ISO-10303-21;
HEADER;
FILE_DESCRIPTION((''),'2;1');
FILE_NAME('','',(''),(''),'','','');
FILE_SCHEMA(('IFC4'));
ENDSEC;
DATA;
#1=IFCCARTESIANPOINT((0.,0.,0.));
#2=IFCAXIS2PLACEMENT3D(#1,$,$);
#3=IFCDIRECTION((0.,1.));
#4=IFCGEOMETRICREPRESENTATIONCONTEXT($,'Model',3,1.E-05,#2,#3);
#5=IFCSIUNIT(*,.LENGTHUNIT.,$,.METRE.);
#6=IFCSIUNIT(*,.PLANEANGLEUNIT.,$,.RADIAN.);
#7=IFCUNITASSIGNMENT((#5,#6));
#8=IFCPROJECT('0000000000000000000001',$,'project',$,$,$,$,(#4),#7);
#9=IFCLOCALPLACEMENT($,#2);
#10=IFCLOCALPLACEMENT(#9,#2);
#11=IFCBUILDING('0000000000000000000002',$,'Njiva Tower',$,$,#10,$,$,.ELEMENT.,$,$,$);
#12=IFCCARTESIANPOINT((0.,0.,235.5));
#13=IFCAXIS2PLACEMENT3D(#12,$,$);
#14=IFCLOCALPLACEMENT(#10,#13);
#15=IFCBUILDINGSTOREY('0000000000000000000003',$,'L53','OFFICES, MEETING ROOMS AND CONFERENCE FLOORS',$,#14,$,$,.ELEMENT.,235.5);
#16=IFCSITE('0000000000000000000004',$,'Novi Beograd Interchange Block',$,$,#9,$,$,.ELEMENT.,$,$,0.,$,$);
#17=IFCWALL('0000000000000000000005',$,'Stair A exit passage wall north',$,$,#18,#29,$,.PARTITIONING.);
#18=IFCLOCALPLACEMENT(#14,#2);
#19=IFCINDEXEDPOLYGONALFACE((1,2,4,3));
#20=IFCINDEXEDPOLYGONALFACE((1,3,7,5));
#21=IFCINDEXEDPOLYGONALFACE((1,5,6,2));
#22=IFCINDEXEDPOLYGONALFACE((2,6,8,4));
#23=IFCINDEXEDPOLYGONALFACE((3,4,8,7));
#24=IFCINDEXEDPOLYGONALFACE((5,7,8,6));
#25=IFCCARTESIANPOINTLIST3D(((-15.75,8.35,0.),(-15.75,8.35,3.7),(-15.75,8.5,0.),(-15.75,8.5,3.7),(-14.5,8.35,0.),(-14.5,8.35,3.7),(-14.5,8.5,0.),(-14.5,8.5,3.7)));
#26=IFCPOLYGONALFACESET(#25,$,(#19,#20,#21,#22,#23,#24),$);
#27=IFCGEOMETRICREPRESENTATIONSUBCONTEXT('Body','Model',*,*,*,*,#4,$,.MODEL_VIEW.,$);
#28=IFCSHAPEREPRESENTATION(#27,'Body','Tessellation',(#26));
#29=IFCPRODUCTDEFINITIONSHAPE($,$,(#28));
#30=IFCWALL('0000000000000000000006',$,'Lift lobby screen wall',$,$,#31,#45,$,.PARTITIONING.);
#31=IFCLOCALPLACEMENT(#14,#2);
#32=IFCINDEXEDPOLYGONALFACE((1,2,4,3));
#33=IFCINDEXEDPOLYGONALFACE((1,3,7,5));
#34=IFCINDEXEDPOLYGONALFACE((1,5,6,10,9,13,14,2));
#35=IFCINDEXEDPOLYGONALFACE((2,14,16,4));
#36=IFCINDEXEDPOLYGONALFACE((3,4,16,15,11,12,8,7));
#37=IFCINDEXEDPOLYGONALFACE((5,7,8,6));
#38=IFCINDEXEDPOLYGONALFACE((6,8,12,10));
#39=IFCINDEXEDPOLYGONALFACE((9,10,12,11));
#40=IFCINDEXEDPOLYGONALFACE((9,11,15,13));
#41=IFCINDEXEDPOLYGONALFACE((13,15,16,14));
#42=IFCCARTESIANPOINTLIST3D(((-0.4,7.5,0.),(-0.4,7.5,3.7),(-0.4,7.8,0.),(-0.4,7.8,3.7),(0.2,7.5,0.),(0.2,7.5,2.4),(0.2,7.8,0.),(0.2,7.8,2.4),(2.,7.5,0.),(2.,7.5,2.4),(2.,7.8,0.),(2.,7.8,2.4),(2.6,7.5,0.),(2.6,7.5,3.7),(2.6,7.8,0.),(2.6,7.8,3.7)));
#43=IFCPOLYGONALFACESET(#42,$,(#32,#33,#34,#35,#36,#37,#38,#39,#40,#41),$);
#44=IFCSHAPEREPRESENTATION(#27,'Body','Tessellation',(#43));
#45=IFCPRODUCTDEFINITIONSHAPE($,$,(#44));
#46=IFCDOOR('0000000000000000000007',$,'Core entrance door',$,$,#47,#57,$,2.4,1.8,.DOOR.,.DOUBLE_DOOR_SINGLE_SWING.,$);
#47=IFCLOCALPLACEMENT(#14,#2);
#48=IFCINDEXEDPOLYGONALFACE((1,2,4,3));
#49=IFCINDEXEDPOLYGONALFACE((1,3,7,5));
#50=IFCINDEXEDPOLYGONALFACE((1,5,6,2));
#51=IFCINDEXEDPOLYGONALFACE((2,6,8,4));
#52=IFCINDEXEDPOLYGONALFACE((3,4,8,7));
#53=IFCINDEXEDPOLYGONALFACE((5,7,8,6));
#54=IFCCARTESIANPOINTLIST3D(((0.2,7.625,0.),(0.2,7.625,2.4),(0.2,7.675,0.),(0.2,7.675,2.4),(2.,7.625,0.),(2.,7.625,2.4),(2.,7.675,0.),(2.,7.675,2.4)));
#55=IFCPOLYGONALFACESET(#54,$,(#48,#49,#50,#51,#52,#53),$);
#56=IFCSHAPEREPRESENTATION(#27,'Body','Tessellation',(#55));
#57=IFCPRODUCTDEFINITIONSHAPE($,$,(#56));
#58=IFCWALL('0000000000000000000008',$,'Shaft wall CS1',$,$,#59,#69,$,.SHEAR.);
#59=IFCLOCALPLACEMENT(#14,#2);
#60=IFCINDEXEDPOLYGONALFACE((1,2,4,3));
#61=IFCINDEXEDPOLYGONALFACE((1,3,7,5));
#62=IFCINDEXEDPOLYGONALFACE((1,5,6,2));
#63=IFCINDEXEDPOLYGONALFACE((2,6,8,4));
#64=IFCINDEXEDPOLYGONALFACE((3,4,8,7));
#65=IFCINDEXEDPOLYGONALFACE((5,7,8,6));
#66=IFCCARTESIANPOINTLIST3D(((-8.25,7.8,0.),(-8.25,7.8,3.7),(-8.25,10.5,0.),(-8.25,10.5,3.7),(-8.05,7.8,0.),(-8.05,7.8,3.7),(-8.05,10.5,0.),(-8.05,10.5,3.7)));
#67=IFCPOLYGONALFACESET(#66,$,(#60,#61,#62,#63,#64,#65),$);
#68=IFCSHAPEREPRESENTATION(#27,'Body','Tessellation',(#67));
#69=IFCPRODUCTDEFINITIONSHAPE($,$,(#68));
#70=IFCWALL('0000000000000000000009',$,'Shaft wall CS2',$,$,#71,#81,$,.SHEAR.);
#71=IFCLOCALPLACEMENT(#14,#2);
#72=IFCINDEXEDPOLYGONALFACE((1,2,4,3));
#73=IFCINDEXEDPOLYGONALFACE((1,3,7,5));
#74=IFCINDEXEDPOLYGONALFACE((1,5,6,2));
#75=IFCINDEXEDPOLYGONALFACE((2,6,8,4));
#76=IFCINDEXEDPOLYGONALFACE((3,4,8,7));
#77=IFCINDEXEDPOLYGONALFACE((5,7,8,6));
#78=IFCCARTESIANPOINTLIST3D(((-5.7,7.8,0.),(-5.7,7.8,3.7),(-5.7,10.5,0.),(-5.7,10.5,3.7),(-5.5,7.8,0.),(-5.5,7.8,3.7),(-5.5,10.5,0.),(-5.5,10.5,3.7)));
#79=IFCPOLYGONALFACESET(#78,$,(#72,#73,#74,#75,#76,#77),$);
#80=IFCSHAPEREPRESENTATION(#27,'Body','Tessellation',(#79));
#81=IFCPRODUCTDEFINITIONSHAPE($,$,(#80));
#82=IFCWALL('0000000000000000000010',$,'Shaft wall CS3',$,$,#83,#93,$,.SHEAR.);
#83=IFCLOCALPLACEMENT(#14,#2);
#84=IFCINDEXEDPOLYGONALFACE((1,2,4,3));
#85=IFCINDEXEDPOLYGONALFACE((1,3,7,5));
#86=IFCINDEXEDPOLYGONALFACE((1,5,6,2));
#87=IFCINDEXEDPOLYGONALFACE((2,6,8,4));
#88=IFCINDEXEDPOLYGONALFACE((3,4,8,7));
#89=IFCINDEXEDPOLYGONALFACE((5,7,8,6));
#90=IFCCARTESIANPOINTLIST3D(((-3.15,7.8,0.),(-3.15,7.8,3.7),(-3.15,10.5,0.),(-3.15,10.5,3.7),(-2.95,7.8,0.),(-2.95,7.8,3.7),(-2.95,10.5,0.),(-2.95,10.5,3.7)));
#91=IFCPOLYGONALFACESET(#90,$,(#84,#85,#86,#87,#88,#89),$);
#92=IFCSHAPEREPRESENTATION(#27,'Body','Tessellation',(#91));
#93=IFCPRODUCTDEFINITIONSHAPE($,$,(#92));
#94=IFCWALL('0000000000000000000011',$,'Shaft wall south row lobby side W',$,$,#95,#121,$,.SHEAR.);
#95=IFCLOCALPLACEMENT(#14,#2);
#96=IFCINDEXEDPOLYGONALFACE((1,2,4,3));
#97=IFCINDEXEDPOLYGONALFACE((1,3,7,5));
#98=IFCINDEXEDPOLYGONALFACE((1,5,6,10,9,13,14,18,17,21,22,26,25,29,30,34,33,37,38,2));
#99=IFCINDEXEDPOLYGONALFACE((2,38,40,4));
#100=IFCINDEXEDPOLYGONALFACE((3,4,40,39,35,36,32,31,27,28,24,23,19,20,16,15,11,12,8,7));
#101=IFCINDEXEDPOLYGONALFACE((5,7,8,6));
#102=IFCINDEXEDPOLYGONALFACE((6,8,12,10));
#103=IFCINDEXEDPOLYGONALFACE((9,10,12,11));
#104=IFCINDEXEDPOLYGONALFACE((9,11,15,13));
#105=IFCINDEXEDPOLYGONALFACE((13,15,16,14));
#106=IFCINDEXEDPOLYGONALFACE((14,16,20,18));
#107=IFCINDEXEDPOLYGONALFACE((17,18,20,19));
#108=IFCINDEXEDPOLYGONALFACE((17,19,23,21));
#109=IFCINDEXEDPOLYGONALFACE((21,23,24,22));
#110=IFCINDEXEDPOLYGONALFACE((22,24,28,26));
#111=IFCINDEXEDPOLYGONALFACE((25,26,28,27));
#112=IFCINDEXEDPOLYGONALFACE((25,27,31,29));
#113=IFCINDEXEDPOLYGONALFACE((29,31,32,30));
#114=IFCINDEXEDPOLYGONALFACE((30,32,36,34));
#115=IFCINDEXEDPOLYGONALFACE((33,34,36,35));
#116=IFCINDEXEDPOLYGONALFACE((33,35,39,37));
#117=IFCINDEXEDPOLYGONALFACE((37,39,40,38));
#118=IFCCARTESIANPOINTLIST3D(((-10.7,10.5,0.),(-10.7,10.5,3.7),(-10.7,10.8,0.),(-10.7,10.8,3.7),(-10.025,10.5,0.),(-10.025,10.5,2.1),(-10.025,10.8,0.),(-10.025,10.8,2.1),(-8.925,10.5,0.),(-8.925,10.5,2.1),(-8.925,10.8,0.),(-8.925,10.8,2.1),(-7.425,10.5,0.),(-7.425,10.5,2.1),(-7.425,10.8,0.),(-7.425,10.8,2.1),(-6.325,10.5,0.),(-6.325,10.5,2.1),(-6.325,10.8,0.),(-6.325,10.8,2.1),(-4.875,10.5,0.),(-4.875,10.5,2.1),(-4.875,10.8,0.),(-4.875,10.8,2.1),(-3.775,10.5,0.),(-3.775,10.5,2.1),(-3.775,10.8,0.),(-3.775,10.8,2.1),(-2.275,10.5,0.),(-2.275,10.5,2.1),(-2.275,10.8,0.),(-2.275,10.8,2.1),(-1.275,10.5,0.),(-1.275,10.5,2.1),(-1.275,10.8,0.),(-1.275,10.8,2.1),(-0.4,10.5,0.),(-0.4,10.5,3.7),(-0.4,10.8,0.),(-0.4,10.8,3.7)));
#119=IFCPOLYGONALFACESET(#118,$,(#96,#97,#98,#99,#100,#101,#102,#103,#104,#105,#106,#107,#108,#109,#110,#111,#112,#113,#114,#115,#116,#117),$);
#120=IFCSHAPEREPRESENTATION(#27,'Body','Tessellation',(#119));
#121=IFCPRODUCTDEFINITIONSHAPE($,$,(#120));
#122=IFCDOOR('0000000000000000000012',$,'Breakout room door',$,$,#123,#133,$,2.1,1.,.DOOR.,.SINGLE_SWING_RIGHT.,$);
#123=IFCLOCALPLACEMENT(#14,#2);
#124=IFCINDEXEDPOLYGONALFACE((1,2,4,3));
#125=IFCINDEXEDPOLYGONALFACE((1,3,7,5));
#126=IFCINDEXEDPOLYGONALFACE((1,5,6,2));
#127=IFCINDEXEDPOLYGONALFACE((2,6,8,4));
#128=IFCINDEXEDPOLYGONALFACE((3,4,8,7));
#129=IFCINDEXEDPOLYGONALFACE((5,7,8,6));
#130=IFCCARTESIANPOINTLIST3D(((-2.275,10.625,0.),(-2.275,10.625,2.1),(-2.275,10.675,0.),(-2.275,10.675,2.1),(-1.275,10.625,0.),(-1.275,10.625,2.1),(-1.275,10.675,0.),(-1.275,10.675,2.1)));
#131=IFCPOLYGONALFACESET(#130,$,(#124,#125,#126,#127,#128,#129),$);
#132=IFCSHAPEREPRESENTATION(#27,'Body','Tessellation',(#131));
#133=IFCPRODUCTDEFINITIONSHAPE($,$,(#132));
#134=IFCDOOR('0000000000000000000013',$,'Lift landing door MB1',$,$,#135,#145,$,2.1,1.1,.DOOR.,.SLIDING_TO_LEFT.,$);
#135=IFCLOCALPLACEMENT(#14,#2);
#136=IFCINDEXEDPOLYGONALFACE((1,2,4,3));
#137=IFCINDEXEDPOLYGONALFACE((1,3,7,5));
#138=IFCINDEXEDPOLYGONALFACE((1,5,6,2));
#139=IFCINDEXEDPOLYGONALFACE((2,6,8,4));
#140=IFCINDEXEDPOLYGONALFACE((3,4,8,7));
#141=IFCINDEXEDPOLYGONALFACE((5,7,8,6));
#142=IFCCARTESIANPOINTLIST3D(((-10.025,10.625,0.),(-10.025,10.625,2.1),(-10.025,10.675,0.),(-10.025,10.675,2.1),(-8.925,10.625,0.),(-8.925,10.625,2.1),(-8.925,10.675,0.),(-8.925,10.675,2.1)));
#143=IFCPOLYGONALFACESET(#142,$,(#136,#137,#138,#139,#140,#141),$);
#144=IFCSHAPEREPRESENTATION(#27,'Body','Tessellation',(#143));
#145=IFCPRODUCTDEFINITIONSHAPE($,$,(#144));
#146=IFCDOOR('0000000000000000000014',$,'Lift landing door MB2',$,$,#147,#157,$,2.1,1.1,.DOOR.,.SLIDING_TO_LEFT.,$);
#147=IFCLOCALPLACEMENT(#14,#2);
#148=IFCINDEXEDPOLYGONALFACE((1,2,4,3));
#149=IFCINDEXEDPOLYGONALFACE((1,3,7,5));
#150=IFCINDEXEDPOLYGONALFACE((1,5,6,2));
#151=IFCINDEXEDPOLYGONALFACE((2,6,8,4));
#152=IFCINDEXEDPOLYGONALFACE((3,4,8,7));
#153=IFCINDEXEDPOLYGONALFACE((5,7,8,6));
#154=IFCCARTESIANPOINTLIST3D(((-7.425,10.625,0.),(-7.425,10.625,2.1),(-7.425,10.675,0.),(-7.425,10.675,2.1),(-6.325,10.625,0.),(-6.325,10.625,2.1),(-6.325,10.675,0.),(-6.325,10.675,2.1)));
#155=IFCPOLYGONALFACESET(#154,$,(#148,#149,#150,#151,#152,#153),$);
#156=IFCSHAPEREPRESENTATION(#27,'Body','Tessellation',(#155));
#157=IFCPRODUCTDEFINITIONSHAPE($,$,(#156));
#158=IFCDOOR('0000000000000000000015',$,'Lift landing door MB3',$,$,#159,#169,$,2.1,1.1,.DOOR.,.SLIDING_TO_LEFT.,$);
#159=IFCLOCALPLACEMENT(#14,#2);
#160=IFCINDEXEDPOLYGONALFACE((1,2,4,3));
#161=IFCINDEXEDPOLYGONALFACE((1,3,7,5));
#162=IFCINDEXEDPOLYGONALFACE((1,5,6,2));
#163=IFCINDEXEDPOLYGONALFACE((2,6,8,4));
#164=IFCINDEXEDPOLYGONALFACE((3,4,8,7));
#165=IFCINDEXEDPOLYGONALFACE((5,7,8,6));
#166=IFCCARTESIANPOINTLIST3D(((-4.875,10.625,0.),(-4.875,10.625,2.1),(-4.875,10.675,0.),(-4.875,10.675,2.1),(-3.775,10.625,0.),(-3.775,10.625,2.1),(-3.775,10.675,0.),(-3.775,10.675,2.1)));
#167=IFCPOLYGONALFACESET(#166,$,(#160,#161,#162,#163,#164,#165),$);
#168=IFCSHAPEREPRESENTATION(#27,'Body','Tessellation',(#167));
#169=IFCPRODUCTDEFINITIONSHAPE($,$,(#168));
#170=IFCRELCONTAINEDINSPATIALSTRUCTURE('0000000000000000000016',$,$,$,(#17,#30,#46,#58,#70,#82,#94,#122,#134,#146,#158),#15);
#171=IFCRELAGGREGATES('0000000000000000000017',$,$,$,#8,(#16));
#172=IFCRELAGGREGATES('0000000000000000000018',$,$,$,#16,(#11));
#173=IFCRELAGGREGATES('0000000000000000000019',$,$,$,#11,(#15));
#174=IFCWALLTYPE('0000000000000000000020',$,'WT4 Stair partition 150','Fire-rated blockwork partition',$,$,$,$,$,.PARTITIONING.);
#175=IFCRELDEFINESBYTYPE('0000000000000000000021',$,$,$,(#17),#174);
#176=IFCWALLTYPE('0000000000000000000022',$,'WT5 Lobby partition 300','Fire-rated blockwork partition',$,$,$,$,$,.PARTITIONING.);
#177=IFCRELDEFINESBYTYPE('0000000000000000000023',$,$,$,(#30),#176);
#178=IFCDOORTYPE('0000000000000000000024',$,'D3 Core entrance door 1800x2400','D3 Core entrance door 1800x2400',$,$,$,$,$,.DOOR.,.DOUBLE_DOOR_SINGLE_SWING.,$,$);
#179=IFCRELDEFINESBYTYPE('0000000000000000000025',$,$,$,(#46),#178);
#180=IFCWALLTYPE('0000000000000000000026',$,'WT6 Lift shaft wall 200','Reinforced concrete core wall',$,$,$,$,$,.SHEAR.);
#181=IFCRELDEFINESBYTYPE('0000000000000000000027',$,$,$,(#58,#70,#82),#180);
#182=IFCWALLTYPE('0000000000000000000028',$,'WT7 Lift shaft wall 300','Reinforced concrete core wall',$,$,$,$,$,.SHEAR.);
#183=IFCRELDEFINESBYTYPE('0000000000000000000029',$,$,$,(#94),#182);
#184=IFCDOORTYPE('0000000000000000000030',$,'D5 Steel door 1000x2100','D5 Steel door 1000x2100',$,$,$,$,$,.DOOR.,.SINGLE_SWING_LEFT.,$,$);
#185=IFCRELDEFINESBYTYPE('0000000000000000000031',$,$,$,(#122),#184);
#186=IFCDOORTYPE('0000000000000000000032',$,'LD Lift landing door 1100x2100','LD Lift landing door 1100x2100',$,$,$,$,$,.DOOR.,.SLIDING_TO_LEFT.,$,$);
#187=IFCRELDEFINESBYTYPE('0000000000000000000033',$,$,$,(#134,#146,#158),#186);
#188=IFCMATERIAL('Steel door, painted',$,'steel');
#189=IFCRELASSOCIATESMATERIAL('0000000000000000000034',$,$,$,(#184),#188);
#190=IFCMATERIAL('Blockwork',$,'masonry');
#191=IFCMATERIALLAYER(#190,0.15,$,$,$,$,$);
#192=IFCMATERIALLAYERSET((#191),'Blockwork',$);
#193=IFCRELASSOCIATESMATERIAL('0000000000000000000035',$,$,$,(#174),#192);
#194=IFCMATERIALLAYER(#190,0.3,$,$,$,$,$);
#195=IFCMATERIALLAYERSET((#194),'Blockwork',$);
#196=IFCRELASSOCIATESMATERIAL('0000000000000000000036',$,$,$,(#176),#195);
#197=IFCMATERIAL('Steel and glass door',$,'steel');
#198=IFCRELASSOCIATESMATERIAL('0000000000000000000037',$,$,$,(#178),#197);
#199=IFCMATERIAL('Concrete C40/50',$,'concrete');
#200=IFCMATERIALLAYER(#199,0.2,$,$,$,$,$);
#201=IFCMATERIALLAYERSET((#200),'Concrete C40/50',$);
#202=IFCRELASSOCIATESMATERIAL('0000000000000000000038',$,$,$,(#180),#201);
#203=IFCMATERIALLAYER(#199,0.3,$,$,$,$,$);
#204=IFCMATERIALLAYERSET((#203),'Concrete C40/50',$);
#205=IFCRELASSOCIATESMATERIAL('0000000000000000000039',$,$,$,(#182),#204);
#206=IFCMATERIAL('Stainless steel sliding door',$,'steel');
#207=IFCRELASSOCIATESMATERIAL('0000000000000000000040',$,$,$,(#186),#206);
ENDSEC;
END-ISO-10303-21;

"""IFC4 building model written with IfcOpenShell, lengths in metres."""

from ifc_helpers import new_model, si_unit, direction, frame, frame_2d, origin, place, context, subcontext, project, spatial, rectangle, extrude, material, layer, layer_set, type_object, element, fill, save


model = new_model("IFC4")

# Units and contexts
model_context = context("Model", 3, precision=1e-05, world=origin(), true_north=direction((0.0, 1.0)))
body_context = subcontext(model_context, "Body", "Model", "MODEL_VIEW")
ifc_project = project(units=[si_unit("LENGTHUNIT", "METRE"), si_unit("PLANEANGLEUNIT", "RADIAN")], contexts=[model_context])

# Site, building, storey
site_placement = place(None, origin())
site = spatial("IfcSite", under=ifc_project, at=site_placement, Name="Novi Beograd Interchange Block", CompositionType="ELEMENT", RefElevation=0.0)
building_placement = place(site_placement, origin())
building = spatial("IfcBuilding", under=site, at=building_placement, Name="Njiva Tower", CompositionType="ELEMENT")
storey_placement = place(building_placement, frame((0.0, 0.0, 235.5)))
storey = spatial("IfcBuildingStorey", under=building, at=storey_placement, Name="L53", Description="OFFICES, MEETING ROOMS AND CONFERENCE FLOORS", CompositionType="ELEMENT", Elevation=235.5)

# Shared definitions
ifc_material_1 = material(Name="Blockwork", Category="masonry")

# Shared definitions
ifc_material_2 = material(Name="Concrete C40/50", Category="concrete")
ifc_material_3 = material(Name="Steel door, painted", Category="steel")
door_type_1 = type_object("IfcDoorType", Name="D5 Steel door 1000x2100", Description="D5 Steel door 1000x2100", OperationType="SINGLE_SWING_LEFT", PredefinedType="DOOR", material=ifc_material_3)

# Wall
ifc_layer_1 = layer(ifc_material_1, 0.15)
ifc_layer_set_1 = layer_set([ifc_layer_1], Name="Blockwork")
wall_type_1 = type_object("IfcWallType", Name="WT4 Stair partition 150", Description="Fire-rated blockwork partition", PredefinedType="PARTITIONING", material=ifc_layer_set_1)
wall_1_placement = place(storey_placement, frame((-15.75, 8.425, 0.0), z_axis=(0.0, 0.0, 1.0), x_axis=(1.0, 0.0, 0.0)))
element("IfcWall", 1, at=wall_1_placement, inside=storey, type_object=wall_type_1, Name="Stair A exit passage wall north", PredefinedType="PARTITIONING", context=body_context, shape_type="SweptSolid", body=[
    extrude(rectangle(XDim=1.25, YDim=0.15, at=frame_2d((0.625, 0.0))), origin(), (0.0, 0.0, 1.0), 3.7),
])

# Wall, opening, door
ifc_layer_2 = layer(ifc_material_1, 0.3)
ifc_layer_set_2 = layer_set([ifc_layer_2], Name="Blockwork")
wall_type_2 = type_object("IfcWallType", Name="WT5 Lobby partition 300", Description="Fire-rated blockwork partition", PredefinedType="PARTITIONING", material=ifc_layer_set_2)
wall_2_placement = place(storey_placement, frame((-0.4, 7.65, 0.0), z_axis=(0.0, 0.0, 1.0), x_axis=(1.0, 0.0, 0.0)))
wall_2 = element("IfcWall", 2, at=wall_2_placement, inside=storey, type_object=wall_type_2, Name="Lift lobby screen wall", PredefinedType="PARTITIONING", context=body_context, shape_type="SweptSolid", body=[
    extrude(rectangle(XDim=3.0, YDim=0.3, at=frame_2d((1.5, 0.0))), origin(), (0.0, 0.0, 1.0), 3.7),
])
opening_1_placement = place(wall_2_placement, frame((0.6, 0.0, 0.0)))
opening_1 = element("IfcOpeningElement", 3, at=opening_1_placement, cuts=wall_2, PredefinedType="OPENING", context=body_context, shape_type="SweptSolid", body=[
    extrude(rectangle(XDim=1.8, YDim=2.4, at=frame_2d((0.9, 1.2))), frame((0.0, 0.16, 0.0), z_axis=(0.0, -1.0, 0.0), x_axis=(1.0, 0.0, 0.0)), (0.0, 0.0, 1.0), 0.32),
])
ifc_material_4 = material(Name="Steel and glass door", Category="steel")
door_type_2 = type_object("IfcDoorType", Name="D3 Core entrance door 1800x2400", Description="D3 Core entrance door 1800x2400", OperationType="DOUBLE_DOOR_SINGLE_SWING", PredefinedType="DOOR", material=ifc_material_4)
door_1_placement = place(opening_1_placement, origin())
door_1 = element("IfcDoor", 4, at=door_1_placement, inside=storey, type_object=door_type_2, Name="Core entrance door", OperationType="DOUBLE_DOOR_SINGLE_SWING", OverallHeight=2.4, OverallWidth=1.8, PredefinedType="DOOR", context=body_context, shape_type="SweptSolid", body=[
    extrude(rectangle(XDim=1.8, YDim=2.4, at=frame_2d((0.9, 1.2))), frame((0.0, 0.025, 0.0), z_axis=(0.0, -1.0, 0.0), x_axis=(1.0, 0.0, 0.0)), (0.0, 0.0, 1.0), 0.05),
])
fill(opening_1, door_1)

# Walls
ifc_layer_3 = layer(ifc_material_2, 0.2)
ifc_layer_set_3 = layer_set([ifc_layer_3], Name="Concrete C40/50")
wall_type_3 = type_object("IfcWallType", Name="WT6 Lift shaft wall 200", Description="Reinforced concrete core wall", PredefinedType="SHEAR", material=ifc_layer_set_3)
for number, where, z_axis, x_axis, name in (
    (5, (-8.15, 7.8, 0.0), (0.0, 0.0, 1.0), (0.0, 1.0, 0.0), "Shaft wall CS1"),
    (6, (-5.6, 7.8, 0.0), (0.0, 0.0, 1.0), (0.0, 1.0, 0.0), "Shaft wall CS2"),
    (7, (-3.05, 7.8, 0.0), (0.0, 0.0, 1.0), (0.0, 1.0, 0.0), "Shaft wall CS3"),
):
    element("IfcWall", number, at=place(storey_placement, frame(where, z_axis=z_axis, x_axis=x_axis)), inside=storey, type_object=wall_type_3, Name=name, PredefinedType="SHEAR", context=body_context, shape_type="SweptSolid", body=[
        extrude(rectangle(XDim=2.7, YDim=0.2, at=frame_2d((1.35, 0.0))), origin(), (0.0, 0.0, 1.0), 3.7),
    ])

# Wall, openings, doors
ifc_layer_4 = layer(ifc_material_2, 0.3)
ifc_layer_set_4 = layer_set([ifc_layer_4], Name="Concrete C40/50")
wall_type_4 = type_object("IfcWallType", Name="WT7 Lift shaft wall 300", Description="Reinforced concrete core wall", PredefinedType="SHEAR", material=ifc_layer_set_4)
wall_3_placement = place(storey_placement, frame((-10.7, 10.65, 0.0), z_axis=(0.0, 0.0, 1.0), x_axis=(1.0, 0.0, 0.0)))
wall_3 = element("IfcWall", 8, at=wall_3_placement, inside=storey, type_object=wall_type_4, Name="Shaft wall south row lobby side W", PredefinedType="SHEAR", context=body_context, shape_type="SweptSolid", body=[
    extrude(rectangle(XDim=10.3, YDim=0.3, at=frame_2d((5.15, 0.0))), origin(), (0.0, 0.0, 1.0), 3.7),
])
opening_2_placement = place(wall_3_placement, frame((0.675, 0.0, 0.0)))
opening_2 = element("IfcOpeningElement", 9, at=opening_2_placement, cuts=wall_3, PredefinedType="OPENING", context=body_context, shape_type="SweptSolid", body=[
    extrude(rectangle(XDim=1.1, YDim=2.1, at=frame_2d((0.55, 1.05))), frame((0.0, 0.16, 0.0), z_axis=(0.0, -1.0, 0.0), x_axis=(1.0, 0.0, 0.0)), (0.0, 0.0, 1.0), 0.32),
])
opening_3_placement = place(wall_3_placement, frame((3.275, 0.0, 0.0)))
opening_3 = element("IfcOpeningElement", 10, at=opening_3_placement, cuts=wall_3, PredefinedType="OPENING", context=body_context, shape_type="SweptSolid", body=[
    extrude(rectangle(XDim=1.1, YDim=2.1, at=frame_2d((0.55, 1.05))), frame((0.0, 0.16, 0.0), z_axis=(0.0, -1.0, 0.0), x_axis=(1.0, 0.0, 0.0)), (0.0, 0.0, 1.0), 0.32),
])
opening_4_placement = place(wall_3_placement, frame((5.825, 0.0, 0.0)))
opening_4 = element("IfcOpeningElement", 11, at=opening_4_placement, cuts=wall_3, PredefinedType="OPENING", context=body_context, shape_type="SweptSolid", body=[
    extrude(rectangle(XDim=1.1, YDim=2.1, at=frame_2d((0.55, 1.05))), frame((0.0, 0.16, 0.0), z_axis=(0.0, -1.0, 0.0), x_axis=(1.0, 0.0, 0.0)), (0.0, 0.0, 1.0), 0.32),
])
opening_5_placement = place(wall_3_placement, frame((8.425, 0.0, 0.0)))
opening_5 = element("IfcOpeningElement", 12, at=opening_5_placement, cuts=wall_3, PredefinedType="OPENING", context=body_context, shape_type="SweptSolid", body=[
    extrude(rectangle(XDim=1.0, YDim=2.1, at=frame_2d((0.5, 1.05))), frame((0.0, 0.16, 0.0), z_axis=(0.0, -1.0, 0.0), x_axis=(1.0, 0.0, 0.0)), (0.0, 0.0, 1.0), 0.32),
])
door_2_placement = place(opening_5_placement, origin())
door_2 = element("IfcDoor", 13, at=door_2_placement, inside=storey, type_object=door_type_1, Name="Breakout room door", OperationType="SINGLE_SWING_RIGHT", OverallHeight=2.1, OverallWidth=1.0, PredefinedType="DOOR", context=body_context, shape_type="SweptSolid", body=[
    extrude(rectangle(XDim=1.0, YDim=2.1, at=frame_2d((0.5, 1.05))), frame((0.0, 0.025, 0.0), z_axis=(0.0, -1.0, 0.0), x_axis=(1.0, 0.0, 0.0)), (0.0, 0.0, 1.0), 0.05),
])
fill(opening_5, door_2)
ifc_material_5 = material(Name="Stainless steel sliding door", Category="steel")
door_type_3 = type_object("IfcDoorType", Name="LD Lift landing door 1100x2100", Description="LD Lift landing door 1100x2100", OperationType="SLIDING_TO_LEFT", PredefinedType="DOOR", material=ifc_material_5)
door_3_placement = place(opening_2_placement, origin())
door_3 = element("IfcDoor", 14, at=door_3_placement, inside=storey, type_object=door_type_3, Name="Lift landing door MB1", OperationType="SLIDING_TO_LEFT", OverallHeight=2.1, OverallWidth=1.1, PredefinedType="DOOR", context=body_context, shape_type="SweptSolid", body=[
    extrude(rectangle(XDim=1.1, YDim=2.1, at=frame_2d((0.55, 1.05))), frame((0.0, 0.025, 0.0), z_axis=(0.0, -1.0, 0.0), x_axis=(1.0, 0.0, 0.0)), (0.0, 0.0, 1.0), 0.05),
])
fill(opening_2, door_3)
door_4_placement = place(opening_3_placement, origin())
door_4 = element("IfcDoor", 15, at=door_4_placement, inside=storey, type_object=door_type_3, Name="Lift landing door MB2", OperationType="SLIDING_TO_LEFT", OverallHeight=2.1, OverallWidth=1.1, PredefinedType="DOOR", context=body_context, shape_type="SweptSolid", body=[
    extrude(rectangle(XDim=1.1, YDim=2.1, at=frame_2d((0.55, 1.05))), frame((0.0, 0.025, 0.0), z_axis=(0.0, -1.0, 0.0), x_axis=(1.0, 0.0, 0.0)), (0.0, 0.0, 1.0), 0.05),
])
fill(opening_3, door_4)
door_5_placement = place(opening_4_placement, origin())
door_5 = element("IfcDoor", 16, at=door_5_placement, inside=storey, type_object=door_type_3, Name="Lift landing door MB3", OperationType="SLIDING_TO_LEFT", OverallHeight=2.1, OverallWidth=1.1, PredefinedType="DOOR", context=body_context, shape_type="SweptSolid", body=[
    extrude(rectangle(XDim=1.1, YDim=2.1, at=frame_2d((0.55, 1.05))), frame((0.0, 0.025, 0.0), z_axis=(0.0, -1.0, 0.0), x_axis=(1.0, 0.0, 0.0)), (0.0, 0.0, 1.0), 0.05),
])
fill(opening_4, door_5)

save(model, "model.ifc")
